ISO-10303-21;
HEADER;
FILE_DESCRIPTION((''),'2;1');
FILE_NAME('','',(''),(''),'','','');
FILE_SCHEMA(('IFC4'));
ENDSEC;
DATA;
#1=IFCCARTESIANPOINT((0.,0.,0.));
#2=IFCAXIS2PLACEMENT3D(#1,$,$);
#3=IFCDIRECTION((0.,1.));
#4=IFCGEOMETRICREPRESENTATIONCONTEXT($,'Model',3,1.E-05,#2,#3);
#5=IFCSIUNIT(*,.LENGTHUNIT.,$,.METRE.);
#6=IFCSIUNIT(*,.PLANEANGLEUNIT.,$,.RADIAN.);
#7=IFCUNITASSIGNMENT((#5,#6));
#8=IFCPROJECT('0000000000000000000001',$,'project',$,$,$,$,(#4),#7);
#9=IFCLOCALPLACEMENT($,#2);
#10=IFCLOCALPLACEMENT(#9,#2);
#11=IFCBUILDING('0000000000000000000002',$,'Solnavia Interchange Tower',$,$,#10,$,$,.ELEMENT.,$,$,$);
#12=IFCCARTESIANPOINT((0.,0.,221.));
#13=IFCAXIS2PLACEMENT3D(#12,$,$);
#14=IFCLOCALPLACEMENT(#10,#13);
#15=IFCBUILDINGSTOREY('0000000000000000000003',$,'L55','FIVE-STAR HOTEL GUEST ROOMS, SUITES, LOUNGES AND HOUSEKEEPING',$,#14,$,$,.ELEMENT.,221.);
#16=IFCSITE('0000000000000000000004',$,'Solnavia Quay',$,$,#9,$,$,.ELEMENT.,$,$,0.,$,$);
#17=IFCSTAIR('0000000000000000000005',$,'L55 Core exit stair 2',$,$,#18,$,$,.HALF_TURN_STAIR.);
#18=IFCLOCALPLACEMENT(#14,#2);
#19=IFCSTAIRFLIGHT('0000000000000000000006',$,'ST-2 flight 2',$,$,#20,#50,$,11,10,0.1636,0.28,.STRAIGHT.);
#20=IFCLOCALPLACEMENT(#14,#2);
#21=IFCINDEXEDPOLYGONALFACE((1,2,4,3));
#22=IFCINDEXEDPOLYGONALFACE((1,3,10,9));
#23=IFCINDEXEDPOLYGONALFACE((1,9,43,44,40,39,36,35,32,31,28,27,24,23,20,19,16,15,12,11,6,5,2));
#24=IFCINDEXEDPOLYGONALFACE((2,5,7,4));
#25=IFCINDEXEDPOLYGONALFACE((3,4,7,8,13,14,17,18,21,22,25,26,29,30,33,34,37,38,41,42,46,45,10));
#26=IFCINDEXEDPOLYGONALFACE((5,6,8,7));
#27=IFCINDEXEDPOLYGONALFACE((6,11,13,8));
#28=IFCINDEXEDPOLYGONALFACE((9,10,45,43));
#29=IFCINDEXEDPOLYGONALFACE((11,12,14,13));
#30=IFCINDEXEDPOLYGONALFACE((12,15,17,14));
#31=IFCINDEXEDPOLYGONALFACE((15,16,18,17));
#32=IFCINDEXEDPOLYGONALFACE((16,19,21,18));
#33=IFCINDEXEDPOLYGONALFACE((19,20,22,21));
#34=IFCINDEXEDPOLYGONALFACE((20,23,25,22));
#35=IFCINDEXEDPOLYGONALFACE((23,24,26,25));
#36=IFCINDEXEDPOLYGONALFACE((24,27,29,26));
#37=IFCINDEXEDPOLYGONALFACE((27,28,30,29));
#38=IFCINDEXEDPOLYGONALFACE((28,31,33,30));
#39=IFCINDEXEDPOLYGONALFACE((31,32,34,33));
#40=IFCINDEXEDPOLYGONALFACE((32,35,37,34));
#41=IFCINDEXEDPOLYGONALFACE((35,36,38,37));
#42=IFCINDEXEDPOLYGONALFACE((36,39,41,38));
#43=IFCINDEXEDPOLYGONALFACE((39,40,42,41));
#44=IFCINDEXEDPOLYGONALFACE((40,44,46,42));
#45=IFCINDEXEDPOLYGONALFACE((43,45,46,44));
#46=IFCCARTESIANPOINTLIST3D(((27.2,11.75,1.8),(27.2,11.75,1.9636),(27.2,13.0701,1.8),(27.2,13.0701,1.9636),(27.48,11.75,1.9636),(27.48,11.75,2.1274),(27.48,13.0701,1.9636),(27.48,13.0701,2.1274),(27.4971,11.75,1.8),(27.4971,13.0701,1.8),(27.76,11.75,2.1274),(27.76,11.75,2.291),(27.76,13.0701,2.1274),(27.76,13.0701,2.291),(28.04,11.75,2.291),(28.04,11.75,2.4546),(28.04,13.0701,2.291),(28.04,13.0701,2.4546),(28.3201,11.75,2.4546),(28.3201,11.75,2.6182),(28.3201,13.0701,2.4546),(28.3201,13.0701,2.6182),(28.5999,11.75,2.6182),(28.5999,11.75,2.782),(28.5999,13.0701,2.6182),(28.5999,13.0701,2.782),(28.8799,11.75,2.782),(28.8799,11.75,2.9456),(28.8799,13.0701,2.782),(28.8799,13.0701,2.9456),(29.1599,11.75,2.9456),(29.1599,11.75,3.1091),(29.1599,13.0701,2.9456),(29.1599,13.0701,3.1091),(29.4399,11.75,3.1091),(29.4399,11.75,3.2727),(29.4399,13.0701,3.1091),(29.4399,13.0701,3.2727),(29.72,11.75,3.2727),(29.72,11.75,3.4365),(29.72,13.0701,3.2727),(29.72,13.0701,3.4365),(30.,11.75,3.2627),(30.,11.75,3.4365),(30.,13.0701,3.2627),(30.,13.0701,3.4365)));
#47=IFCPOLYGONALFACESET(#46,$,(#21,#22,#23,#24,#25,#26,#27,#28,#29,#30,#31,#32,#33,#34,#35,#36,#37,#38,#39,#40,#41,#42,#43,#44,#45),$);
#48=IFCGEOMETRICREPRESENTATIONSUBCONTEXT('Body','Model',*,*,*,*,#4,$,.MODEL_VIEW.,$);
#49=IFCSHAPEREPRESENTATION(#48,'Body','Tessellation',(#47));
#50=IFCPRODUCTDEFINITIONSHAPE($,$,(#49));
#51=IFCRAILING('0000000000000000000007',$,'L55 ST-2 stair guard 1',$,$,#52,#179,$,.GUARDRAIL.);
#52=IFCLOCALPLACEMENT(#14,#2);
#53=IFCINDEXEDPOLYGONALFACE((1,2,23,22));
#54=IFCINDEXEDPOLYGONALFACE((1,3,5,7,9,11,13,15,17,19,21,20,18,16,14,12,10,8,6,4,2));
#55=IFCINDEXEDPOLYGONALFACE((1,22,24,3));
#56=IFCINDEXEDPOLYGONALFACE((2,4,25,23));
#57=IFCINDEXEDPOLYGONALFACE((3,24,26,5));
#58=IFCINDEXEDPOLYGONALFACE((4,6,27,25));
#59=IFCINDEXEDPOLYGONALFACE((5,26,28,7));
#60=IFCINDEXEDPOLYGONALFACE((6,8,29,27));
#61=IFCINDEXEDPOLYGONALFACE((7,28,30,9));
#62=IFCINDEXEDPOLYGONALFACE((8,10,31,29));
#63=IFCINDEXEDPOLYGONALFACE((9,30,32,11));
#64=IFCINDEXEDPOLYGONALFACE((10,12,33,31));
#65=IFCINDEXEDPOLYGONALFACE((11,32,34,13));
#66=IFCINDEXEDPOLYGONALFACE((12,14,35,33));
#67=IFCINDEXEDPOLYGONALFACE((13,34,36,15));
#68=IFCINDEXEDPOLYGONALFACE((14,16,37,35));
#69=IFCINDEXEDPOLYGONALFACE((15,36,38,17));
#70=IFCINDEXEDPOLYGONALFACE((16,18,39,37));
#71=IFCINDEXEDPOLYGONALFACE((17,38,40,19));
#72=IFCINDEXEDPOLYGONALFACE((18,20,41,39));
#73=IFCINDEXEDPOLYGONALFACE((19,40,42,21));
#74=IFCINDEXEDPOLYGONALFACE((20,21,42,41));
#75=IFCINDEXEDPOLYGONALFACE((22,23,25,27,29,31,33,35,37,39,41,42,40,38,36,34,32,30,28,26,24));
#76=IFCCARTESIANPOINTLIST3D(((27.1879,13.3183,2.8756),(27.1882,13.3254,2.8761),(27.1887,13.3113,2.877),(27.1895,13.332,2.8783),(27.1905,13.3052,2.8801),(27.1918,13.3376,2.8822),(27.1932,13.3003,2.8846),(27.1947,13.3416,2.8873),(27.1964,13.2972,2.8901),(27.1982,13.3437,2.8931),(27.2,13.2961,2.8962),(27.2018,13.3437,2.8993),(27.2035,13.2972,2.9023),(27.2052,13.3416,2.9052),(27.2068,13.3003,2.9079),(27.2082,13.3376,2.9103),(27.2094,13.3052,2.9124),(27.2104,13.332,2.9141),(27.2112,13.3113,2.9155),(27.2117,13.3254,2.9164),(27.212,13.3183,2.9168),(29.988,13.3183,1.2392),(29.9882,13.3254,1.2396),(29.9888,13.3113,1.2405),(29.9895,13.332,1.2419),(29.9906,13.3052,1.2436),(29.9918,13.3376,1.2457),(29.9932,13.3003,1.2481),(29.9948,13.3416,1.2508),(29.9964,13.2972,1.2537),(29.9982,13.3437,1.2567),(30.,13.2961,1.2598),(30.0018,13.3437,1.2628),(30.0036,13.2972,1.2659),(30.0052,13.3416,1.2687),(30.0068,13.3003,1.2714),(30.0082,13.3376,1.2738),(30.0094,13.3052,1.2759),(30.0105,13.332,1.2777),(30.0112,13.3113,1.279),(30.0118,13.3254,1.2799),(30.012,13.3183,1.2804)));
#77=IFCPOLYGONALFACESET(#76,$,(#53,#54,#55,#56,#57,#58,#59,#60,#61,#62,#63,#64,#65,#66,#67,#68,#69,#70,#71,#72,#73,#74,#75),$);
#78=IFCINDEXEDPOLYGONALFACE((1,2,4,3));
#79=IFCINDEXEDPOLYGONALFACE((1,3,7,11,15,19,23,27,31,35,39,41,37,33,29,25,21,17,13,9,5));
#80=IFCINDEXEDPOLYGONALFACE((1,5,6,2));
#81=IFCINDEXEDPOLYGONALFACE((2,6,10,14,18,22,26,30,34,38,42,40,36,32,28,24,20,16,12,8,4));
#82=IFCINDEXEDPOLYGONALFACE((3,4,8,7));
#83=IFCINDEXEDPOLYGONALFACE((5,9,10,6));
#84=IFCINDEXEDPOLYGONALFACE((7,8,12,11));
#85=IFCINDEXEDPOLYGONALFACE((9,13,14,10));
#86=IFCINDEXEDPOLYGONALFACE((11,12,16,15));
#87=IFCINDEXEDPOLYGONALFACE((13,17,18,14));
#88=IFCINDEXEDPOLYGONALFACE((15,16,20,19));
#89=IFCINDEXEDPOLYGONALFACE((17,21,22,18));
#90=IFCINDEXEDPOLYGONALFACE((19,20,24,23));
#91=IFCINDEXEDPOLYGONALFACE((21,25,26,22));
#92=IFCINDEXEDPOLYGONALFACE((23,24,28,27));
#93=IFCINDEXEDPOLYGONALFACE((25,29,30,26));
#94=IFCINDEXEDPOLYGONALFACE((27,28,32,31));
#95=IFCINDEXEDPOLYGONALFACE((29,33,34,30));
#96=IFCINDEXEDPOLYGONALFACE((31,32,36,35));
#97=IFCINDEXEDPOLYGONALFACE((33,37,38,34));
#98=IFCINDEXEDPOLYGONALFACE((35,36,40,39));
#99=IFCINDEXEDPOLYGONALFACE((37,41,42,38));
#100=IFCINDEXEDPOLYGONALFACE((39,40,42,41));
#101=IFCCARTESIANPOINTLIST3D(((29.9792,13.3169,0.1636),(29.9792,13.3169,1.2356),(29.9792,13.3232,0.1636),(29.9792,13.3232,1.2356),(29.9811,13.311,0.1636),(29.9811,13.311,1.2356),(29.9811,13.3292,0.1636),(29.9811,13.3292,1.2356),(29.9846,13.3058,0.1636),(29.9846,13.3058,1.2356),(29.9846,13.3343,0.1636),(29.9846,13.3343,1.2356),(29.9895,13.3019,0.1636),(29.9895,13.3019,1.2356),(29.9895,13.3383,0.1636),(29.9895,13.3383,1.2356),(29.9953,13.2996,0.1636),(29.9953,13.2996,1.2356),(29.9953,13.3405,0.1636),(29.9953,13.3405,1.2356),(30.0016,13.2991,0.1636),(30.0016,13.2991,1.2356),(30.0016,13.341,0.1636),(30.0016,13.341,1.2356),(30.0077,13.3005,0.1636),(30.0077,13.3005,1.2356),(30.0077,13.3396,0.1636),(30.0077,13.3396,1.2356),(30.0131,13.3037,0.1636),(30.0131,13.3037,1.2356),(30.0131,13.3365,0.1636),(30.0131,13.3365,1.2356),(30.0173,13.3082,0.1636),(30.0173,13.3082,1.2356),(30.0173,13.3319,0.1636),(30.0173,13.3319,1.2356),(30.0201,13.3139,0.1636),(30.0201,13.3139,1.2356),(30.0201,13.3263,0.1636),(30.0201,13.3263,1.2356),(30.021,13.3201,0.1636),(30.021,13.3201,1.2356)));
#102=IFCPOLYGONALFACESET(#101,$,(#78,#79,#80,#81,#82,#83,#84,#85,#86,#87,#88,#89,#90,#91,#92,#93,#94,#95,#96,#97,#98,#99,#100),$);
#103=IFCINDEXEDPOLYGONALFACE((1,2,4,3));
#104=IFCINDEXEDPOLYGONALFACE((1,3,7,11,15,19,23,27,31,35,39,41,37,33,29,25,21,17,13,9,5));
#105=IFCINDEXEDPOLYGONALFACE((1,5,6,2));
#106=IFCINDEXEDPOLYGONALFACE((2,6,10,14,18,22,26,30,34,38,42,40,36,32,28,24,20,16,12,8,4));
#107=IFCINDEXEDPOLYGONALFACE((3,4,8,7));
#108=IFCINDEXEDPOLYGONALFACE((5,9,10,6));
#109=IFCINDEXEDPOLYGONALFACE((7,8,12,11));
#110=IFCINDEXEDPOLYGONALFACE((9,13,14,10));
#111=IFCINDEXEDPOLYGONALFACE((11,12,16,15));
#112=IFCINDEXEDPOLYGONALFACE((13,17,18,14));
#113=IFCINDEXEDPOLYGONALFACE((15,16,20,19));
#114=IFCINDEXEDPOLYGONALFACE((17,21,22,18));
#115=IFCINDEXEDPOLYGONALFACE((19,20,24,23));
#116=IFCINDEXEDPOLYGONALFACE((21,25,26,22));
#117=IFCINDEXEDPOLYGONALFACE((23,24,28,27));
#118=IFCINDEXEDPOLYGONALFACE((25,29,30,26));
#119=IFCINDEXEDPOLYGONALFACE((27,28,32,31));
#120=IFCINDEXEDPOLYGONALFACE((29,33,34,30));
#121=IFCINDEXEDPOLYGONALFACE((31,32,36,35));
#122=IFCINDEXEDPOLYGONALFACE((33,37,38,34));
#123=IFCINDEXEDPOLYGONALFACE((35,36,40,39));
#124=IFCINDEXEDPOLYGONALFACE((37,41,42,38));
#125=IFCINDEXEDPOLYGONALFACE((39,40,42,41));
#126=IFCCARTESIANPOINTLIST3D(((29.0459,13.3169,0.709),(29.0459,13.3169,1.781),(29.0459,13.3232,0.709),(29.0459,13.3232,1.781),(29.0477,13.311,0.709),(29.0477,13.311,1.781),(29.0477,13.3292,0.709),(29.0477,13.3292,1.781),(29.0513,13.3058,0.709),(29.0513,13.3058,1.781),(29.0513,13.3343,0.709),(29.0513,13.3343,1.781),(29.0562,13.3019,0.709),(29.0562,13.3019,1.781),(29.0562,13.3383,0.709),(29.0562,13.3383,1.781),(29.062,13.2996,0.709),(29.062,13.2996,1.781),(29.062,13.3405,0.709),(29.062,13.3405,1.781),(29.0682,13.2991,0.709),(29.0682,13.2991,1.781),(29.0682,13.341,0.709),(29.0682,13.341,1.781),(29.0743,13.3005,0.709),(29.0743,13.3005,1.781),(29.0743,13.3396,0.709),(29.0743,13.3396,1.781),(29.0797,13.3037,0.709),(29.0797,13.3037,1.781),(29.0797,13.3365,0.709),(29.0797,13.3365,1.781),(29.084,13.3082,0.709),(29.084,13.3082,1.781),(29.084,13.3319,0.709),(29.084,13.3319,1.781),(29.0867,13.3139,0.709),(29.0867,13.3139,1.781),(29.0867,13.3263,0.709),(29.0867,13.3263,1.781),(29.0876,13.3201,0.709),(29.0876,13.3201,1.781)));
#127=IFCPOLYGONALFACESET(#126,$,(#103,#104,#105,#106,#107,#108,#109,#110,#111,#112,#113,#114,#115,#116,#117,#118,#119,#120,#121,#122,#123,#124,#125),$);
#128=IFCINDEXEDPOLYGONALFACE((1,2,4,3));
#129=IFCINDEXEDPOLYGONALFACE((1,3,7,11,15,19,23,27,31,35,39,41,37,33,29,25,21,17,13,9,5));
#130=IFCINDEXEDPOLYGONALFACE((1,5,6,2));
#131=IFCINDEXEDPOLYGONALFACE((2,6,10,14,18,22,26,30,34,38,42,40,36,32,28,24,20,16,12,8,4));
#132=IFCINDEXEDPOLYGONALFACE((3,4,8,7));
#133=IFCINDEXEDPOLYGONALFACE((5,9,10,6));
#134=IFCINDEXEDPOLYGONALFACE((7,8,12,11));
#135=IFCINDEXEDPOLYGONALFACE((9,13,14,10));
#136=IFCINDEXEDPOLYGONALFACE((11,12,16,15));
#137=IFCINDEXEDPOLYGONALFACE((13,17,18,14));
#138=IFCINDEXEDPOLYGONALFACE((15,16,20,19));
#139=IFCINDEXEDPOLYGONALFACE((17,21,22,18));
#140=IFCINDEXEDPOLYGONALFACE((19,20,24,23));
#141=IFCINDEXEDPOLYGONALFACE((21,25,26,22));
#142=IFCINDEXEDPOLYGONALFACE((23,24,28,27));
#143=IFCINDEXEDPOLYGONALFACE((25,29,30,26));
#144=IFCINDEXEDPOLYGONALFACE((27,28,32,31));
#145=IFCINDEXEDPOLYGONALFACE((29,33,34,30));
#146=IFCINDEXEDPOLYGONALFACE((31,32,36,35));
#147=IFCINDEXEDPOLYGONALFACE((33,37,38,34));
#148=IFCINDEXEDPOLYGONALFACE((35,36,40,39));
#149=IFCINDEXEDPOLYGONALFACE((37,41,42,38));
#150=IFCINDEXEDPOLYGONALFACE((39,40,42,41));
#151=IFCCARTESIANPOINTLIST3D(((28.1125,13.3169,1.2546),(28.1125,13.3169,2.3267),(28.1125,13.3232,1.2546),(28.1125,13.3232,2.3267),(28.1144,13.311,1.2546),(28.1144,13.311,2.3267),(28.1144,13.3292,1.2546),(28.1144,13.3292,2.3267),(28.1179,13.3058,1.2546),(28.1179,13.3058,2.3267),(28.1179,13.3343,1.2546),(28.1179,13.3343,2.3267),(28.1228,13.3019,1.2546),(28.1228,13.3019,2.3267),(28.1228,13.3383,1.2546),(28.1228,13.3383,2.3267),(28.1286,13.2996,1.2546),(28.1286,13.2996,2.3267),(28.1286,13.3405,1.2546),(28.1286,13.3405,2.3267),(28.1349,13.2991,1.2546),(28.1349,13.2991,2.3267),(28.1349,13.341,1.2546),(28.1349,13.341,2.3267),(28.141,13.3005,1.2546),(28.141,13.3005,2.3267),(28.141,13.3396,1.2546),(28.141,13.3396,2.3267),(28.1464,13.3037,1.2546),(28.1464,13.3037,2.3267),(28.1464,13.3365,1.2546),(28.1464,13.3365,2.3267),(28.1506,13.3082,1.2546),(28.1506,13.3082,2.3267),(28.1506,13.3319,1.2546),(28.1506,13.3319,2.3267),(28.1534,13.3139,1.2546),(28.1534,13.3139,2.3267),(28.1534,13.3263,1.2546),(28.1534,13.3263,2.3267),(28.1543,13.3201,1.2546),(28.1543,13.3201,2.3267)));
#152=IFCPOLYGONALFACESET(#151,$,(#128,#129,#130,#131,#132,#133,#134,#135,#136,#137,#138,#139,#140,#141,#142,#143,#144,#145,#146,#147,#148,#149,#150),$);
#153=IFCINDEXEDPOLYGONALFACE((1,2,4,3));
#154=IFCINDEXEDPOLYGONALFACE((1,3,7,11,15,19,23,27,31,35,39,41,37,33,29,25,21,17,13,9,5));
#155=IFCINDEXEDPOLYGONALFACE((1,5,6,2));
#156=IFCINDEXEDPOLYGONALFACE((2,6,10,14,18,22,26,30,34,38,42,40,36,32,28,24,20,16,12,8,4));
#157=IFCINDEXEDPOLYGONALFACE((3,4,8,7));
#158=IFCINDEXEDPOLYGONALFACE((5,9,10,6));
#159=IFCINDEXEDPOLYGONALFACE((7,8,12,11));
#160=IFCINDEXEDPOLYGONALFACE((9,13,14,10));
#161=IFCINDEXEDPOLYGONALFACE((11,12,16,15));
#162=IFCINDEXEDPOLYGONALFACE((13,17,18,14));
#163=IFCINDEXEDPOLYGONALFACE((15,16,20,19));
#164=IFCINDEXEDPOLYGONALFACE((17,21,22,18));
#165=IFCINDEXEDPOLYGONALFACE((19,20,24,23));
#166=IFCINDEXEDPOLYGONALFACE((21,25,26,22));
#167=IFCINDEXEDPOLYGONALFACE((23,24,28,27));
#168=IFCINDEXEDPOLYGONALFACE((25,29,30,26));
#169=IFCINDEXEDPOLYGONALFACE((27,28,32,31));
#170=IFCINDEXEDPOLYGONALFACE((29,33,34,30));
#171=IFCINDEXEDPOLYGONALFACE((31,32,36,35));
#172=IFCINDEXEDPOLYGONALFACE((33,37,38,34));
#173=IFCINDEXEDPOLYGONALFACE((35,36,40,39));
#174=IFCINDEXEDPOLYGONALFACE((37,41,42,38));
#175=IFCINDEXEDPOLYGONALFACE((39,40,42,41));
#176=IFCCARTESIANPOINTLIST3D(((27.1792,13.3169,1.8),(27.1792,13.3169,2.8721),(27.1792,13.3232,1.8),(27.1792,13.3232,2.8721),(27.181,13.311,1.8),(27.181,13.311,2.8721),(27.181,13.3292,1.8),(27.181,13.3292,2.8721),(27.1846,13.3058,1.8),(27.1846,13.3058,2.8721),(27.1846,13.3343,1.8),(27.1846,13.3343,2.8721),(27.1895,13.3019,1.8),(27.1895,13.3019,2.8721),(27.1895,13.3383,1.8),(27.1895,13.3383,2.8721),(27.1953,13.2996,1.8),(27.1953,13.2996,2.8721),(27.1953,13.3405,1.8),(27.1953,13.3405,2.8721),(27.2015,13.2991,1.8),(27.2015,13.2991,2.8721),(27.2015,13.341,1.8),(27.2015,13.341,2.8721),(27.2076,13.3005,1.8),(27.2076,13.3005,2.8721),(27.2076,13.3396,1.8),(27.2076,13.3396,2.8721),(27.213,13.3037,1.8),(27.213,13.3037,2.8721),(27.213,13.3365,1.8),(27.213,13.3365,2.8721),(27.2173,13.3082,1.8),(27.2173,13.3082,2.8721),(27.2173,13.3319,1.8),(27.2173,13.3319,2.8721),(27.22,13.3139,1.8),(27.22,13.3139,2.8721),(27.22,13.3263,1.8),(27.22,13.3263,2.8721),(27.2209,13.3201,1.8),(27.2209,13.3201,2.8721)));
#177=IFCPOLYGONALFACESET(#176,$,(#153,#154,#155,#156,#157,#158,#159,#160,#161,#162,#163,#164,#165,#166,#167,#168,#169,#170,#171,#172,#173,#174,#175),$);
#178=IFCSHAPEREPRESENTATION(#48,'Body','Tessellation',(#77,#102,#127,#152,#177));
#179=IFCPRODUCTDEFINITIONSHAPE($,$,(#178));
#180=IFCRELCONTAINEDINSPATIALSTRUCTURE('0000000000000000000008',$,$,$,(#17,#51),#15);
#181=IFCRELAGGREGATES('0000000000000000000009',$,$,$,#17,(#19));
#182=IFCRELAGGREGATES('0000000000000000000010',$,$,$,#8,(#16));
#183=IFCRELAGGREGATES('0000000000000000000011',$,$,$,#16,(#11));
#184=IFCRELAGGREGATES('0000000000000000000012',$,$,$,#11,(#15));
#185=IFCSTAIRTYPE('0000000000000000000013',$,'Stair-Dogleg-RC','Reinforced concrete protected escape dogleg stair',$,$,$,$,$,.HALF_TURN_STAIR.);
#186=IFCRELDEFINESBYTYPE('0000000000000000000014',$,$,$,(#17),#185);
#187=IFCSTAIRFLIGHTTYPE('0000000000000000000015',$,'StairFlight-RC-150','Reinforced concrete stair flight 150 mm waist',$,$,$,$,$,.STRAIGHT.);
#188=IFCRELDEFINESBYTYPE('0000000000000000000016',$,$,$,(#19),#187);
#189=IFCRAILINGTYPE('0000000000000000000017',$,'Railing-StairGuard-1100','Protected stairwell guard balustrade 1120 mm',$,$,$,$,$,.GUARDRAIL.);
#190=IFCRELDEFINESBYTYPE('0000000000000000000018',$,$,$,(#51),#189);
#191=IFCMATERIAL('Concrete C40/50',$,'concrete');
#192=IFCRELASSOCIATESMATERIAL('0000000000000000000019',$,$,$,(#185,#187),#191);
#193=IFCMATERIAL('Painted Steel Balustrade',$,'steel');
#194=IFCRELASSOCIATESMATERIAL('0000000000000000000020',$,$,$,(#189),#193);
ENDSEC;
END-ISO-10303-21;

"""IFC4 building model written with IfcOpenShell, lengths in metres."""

from ifc_helpers import new_model, si_unit, direction, frame, origin, origin_2d, place, context, subcontext, project, spatial, polyline, circle, outline, extrude, material, type_object, element, aggregate, save


model = new_model("IFC4")

# Units and contexts
model_context = context("Model", 3, precision=1e-05, world=origin(), true_north=direction((0.0, 1.0)))
body_context = subcontext(model_context, "Body", "Model", "MODEL_VIEW")
ifc_project = project(units=[si_unit("LENGTHUNIT", "METRE"), si_unit("PLANEANGLEUNIT", "RADIAN")], contexts=[model_context])

# Site, building, storey
site_placement = place(None, origin())
site = spatial("IfcSite", under=ifc_project, at=site_placement, Name="Solnavia Quay", CompositionType="ELEMENT", RefElevation=0.0)
building_placement = place(site_placement, origin())
building = spatial("IfcBuilding", under=site, at=building_placement, Name="Solnavia Interchange Tower", CompositionType="ELEMENT")
storey_placement = place(building_placement, frame((0.0, 0.0, 221.0)))
storey = spatial("IfcBuildingStorey", under=building, at=storey_placement, Name="L55", Description="FIVE-STAR HOTEL GUEST ROOMS, SUITES, LOUNGES AND HOUSEKEEPING", CompositionType="ELEMENT", Elevation=221.0)

# Shared definitions
ifc_material_1 = material(Name="Concrete C40/50", Category="concrete")

# Stair, stair flight
stair_type = type_object("IfcStairType", Name="Stair-Dogleg-RC", Description="Reinforced concrete protected escape dogleg stair", PredefinedType="HALF_TURN_STAIR", material=ifc_material_1)
stair_placement = place(storey_placement, origin())
stair = element("IfcStair", 1, at=stair_placement, inside=storey, type_object=stair_type, Name="L55 Core exit stair 2", PredefinedType="HALF_TURN_STAIR")
stair_flight_type = type_object("IfcStairFlightType", Name="StairFlight-RC-150", Description="Reinforced concrete stair flight 150 mm waist", PredefinedType="STRAIGHT", material=ifc_material_1)
stair_flight_1_placement = place(storey_placement, frame((27.2, 12.4099, 1.8), z_axis=(0.0, 0.0, 1.0), x_axis=(1.0, 0.0, 0.0)))
stair_flight_1 = element("IfcStairFlight", 2, at=stair_flight_1_placement, type_object=stair_flight_type, Name="ST-2 flight 2", NumberOfRisers=11, NumberOfTreads=10, PredefinedType="STRAIGHT", RiserHeight=0.1636, TreadLength=0.28, context=body_context, shape_type="SweptSolid", body=[
    extrude(outline(polyline([(0.0, 0.0), (0.0, 0.1636), (0.28, 0.1636), (0.28, 0.3274), (0.5601, 0.3274), (0.5601, 0.491), (0.8401, 0.491), (0.8401, 0.6545), (1.1201, 0.6545), (1.1201, 0.8181), (1.3999, 0.8181), (1.3999, 0.9819), (1.6799, 0.9819), (1.6799, 1.1455), (1.96, 1.1455), (1.96, 1.3091), (2.24, 1.3091), (2.24, 1.4727), (2.52, 1.4727), (2.52, 1.6365), (2.8, 1.6365), (2.8, 1.8), (2.8, 1.4626), (0.2971, 0.0), (0.0, 0.0)])), frame((0.0, 0.6602, 0.0), z_axis=(0.0, -1.0, 0.0), x_axis=(1.0, 0.0, 0.0)), (0.0, 0.0, 1.0), 1.3201),
])
aggregate(stair, [stair_flight_1])

# Railing
ifc_material_2 = material(Name="Painted Steel Balustrade", Category="steel")
railing_type_1 = type_object("IfcRailingType", Name="Railing-StairGuard-1100", Description="Protected stairwell guard balustrade 1120 mm", PredefinedType="GUARDRAIL", material=ifc_material_2)
railing_1_placement = place(storey_placement, frame((30.0, 13.3201, 0.1636)))
element("IfcRailing", 3, at=railing_1_placement, inside=storey, type_object=railing_type_1, Name="L55 ST-2 stair guard 1", PredefinedType="GUARDRAIL", context=body_context, shape_type="SweptSolid", body=[
    extrude(circle(Radius=0.0239, at=origin_2d()), frame((0.0, 0.0, 1.0962), z_axis=(-0.863361, 0.0, 0.504587), x_axis=(0.0, -1.0, 0.0)), (0.0, 0.0, 1.0), 3.2432),
    extrude(circle(Radius=0.021, at=origin_2d()), origin(), (0.0, 0.0, 1.0), 1.072),
    extrude(circle(Radius=0.021, at=origin_2d()), frame((-0.9333, 0.0, 0.5454)), (0.0, 0.0, 1.0), 1.072),
    extrude(circle(Radius=0.021, at=origin_2d()), frame((-1.8667, 0.0, 1.0911)), (0.0, 0.0, 1.0), 1.072),
    extrude(circle(Radius=0.021, at=origin_2d()), frame((-2.8, 0.0, 1.6365)), (0.0, 0.0, 1.0), 1.072),
])

save(model, "model.ifc")
